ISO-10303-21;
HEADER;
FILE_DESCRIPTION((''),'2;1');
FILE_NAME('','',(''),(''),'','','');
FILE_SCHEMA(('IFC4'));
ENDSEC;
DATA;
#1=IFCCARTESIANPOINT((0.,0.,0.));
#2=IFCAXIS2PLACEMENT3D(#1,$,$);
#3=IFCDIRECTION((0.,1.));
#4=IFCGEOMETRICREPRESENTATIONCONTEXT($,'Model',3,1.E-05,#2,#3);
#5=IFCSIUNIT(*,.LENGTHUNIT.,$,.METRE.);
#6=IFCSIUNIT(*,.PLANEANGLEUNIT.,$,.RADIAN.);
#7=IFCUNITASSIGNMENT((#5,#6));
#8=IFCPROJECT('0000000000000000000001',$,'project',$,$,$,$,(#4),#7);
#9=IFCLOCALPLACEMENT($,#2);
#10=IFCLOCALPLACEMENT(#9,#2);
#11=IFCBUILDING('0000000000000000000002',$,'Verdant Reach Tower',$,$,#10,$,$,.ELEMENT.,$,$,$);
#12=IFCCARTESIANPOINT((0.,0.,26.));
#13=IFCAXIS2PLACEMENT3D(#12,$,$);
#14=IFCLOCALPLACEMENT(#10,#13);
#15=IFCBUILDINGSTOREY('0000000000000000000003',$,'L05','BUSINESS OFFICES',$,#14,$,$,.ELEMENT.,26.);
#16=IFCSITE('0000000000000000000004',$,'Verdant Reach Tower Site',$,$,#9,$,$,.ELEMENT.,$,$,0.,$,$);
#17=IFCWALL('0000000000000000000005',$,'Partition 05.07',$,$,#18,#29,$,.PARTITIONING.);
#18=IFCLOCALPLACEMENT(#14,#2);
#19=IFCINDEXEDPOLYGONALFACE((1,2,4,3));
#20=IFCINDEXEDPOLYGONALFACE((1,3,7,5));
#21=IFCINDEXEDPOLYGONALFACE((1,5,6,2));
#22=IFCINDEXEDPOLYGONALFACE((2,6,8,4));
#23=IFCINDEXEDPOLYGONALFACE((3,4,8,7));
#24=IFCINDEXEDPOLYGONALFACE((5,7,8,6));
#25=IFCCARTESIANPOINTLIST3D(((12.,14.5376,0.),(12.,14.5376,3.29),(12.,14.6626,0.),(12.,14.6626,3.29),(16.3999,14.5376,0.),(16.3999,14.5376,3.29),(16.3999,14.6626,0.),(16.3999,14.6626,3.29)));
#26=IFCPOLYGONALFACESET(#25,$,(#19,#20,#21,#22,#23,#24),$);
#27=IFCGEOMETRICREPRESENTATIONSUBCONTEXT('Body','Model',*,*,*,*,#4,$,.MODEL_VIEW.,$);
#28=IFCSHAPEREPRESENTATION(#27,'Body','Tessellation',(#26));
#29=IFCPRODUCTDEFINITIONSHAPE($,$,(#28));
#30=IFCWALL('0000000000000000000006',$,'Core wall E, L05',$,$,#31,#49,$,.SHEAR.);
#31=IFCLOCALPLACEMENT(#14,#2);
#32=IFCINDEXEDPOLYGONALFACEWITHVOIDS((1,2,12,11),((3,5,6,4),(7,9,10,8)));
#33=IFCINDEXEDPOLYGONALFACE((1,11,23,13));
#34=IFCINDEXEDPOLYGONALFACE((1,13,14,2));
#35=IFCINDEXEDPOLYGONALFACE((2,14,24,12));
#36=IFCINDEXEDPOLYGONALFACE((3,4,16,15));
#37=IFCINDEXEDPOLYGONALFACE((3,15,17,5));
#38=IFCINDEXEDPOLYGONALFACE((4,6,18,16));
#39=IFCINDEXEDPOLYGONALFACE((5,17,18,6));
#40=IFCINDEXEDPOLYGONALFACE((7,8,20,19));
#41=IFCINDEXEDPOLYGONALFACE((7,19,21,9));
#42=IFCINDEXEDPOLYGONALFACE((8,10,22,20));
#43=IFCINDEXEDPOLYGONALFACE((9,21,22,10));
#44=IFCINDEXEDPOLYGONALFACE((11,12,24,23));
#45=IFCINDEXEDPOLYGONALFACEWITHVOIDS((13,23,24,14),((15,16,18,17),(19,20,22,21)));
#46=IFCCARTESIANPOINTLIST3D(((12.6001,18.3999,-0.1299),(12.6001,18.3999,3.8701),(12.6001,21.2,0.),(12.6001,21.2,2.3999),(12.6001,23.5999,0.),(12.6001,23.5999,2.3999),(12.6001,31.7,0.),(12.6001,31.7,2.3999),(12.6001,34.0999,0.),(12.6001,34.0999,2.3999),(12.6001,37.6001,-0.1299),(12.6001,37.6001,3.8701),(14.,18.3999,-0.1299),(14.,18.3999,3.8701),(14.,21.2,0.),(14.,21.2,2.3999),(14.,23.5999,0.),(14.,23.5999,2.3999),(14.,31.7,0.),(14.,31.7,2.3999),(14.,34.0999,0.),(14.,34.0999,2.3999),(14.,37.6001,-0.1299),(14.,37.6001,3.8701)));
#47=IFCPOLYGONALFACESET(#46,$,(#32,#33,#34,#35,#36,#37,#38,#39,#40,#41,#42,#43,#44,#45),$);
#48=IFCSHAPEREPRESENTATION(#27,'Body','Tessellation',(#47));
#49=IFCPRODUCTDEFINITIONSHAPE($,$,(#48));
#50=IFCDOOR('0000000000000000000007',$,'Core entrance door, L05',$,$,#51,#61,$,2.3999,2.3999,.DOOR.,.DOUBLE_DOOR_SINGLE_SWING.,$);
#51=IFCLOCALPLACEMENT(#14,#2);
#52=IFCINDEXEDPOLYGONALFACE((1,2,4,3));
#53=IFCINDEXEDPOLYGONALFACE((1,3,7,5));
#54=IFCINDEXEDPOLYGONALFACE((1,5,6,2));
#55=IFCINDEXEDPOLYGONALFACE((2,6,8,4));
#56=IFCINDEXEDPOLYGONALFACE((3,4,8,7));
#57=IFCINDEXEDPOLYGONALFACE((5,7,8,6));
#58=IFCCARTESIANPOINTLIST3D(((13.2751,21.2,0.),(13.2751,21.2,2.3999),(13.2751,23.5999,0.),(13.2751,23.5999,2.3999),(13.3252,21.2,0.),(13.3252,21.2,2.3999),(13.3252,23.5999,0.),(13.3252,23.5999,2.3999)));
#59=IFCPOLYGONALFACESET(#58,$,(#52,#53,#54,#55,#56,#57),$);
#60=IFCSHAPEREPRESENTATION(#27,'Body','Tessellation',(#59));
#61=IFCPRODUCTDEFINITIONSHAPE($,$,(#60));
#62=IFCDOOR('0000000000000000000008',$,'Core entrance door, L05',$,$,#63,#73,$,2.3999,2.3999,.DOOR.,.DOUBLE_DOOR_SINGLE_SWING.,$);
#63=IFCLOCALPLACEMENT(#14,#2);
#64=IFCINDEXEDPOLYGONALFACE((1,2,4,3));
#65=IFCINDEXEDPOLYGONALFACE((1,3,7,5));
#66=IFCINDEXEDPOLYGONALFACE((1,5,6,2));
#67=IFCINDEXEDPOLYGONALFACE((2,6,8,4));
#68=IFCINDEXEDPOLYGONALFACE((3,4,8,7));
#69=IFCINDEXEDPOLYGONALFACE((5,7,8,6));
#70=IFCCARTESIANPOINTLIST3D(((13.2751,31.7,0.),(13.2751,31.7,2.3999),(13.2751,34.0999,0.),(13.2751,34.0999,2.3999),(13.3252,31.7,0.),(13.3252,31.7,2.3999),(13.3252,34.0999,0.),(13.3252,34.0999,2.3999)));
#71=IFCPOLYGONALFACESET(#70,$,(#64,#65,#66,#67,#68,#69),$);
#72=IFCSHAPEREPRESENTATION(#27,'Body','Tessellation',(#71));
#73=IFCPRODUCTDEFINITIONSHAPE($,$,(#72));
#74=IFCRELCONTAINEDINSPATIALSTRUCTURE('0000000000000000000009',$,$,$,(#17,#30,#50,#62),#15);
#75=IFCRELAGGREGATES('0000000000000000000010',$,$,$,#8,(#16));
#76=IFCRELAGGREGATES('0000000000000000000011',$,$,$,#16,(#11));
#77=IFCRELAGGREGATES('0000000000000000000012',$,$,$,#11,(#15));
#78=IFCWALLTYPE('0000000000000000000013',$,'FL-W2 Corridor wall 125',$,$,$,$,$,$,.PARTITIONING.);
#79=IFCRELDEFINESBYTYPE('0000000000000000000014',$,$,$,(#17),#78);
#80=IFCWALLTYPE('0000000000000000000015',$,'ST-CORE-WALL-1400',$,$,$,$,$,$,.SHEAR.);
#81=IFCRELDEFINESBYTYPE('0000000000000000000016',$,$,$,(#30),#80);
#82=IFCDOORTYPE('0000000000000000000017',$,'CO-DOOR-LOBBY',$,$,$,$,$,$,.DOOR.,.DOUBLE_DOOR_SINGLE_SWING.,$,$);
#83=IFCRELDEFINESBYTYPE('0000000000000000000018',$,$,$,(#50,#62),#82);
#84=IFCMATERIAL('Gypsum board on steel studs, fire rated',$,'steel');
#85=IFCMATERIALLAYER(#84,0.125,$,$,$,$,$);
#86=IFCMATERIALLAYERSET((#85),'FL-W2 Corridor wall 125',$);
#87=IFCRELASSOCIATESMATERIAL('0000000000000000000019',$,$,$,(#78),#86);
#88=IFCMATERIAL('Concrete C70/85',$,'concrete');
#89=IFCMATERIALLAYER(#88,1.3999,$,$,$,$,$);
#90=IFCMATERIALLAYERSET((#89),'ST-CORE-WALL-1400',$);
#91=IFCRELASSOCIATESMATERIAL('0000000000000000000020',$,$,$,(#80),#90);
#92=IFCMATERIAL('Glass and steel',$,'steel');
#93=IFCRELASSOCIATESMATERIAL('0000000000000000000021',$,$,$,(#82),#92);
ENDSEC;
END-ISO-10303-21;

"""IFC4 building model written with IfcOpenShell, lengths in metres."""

from ifc_helpers import new_model, si_unit, direction, frame, frame_2d, origin, place, context, subcontext, project, spatial, rectangle, extrude, material, layer, layer_set, type_object, element, fill, save


model = new_model("IFC4")

# Units and contexts
model_context = context("Model", 3, precision=1e-05, world=origin(), true_north=direction((0.0, 1.0)))
body_context = subcontext(model_context, "Body", "Model", "MODEL_VIEW")
ifc_project = project(units=[si_unit("LENGTHUNIT", "METRE"), si_unit("PLANEANGLEUNIT", "RADIAN")], contexts=[model_context])

# Site, building, storey
site_placement = place(None, origin())
site = spatial("IfcSite", under=ifc_project, at=site_placement, Name="Verdant Reach Tower Site", CompositionType="ELEMENT", RefElevation=0.0)
building_placement = place(site_placement, origin())
building = spatial("IfcBuilding", under=site, at=building_placement, Name="Verdant Reach Tower", CompositionType="ELEMENT")
storey_placement = place(building_placement, frame((0.0, 0.0, 26.0)))
storey = spatial("IfcBuildingStorey", under=building, at=storey_placement, Name="L05", Description="BUSINESS OFFICES", CompositionType="ELEMENT", Elevation=26.0)

# Wall
ifc_material_1 = material(Name="Gypsum board on steel studs, fire rated", Category="steel")
ifc_layer_1 = layer(ifc_material_1, 0.125)
ifc_layer_set_1 = layer_set([ifc_layer_1], Name="FL-W2 Corridor wall 125")
wall_type_1 = type_object("IfcWallType", Name="FL-W2 Corridor wall 125", PredefinedType="PARTITIONING", material=ifc_layer_set_1)
wall_1_placement = place(storey_placement, frame((12.0, 14.6001, 0.0), z_axis=(0.0, 0.0, 1.0), x_axis=(1.0, 0.0, 0.0)))
element("IfcWall", 1, at=wall_1_placement, inside=storey, type_object=wall_type_1, Name="Partition 05.07", PredefinedType="PARTITIONING", context=body_context, shape_type="SweptSolid", body=[
    extrude(rectangle(XDim=4.3999, YDim=0.125, at=frame_2d((2.2, 0.0))), origin(), (0.0, 0.0, 1.0), 3.29),
])

# Wall, openings, doors
ifc_material_2 = material(Name="Concrete C70/85", Category="concrete")
ifc_layer_2 = layer(ifc_material_2, 1.3999)
ifc_layer_set_2 = layer_set([ifc_layer_2], Name="ST-CORE-WALL-1400")
wall_type_2 = type_object("IfcWallType", Name="ST-CORE-WALL-1400", PredefinedType="SHEAR", material=ifc_layer_set_2)
wall_2_placement = place(storey_placement, frame((13.3, 18.3999, -0.1299), z_axis=(0.0, 0.0, 1.0), x_axis=(0.0, 1.0, 0.0)))
wall_2 = element("IfcWall", 2, at=wall_2_placement, inside=storey, type_object=wall_type_2, Name="Core wall E, L05", PredefinedType="SHEAR", context=body_context, shape_type="SweptSolid", body=[
    extrude(rectangle(XDim=19.2002, YDim=1.3999, at=frame_2d((9.6001, 0.0))), origin(), (0.0, 0.0, 1.0), 4.0),
])
opening_1_placement = place(wall_2_placement, frame((2.8, 0.0, 0.1299)))
opening_1 = element("IfcOpeningElement", 3, at=opening_1_placement, cuts=wall_2, PredefinedType="OPENING", context=body_context, shape_type="SweptSolid", body=[
    extrude(rectangle(XDim=2.3999, YDim=2.3999, at=frame_2d((1.2, 1.2))), frame((0.0, 0.71, 0.0), z_axis=(0.0, -1.0, 0.0), x_axis=(1.0, 0.0, 0.0)), (0.0, 0.0, 1.0), 1.4199),
])
opening_2_placement = place(wall_2_placement, frame((13.3, 0.0, 0.1299)))
opening_2 = element("IfcOpeningElement", 4, at=opening_2_placement, cuts=wall_2, PredefinedType="OPENING", context=body_context, shape_type="SweptSolid", body=[
    extrude(rectangle(XDim=2.3999, YDim=2.3999, at=frame_2d((1.2, 1.2))), frame((0.0, 0.71, 0.0), z_axis=(0.0, -1.0, 0.0), x_axis=(1.0, 0.0, 0.0)), (0.0, 0.0, 1.0), 1.4199),
])
ifc_material_3 = material(Name="Glass and steel", Category="steel")
door_type_1 = type_object("IfcDoorType", Name="CO-DOOR-LOBBY", OperationType="DOUBLE_DOOR_SINGLE_SWING", PredefinedType="DOOR", material=ifc_material_3)
door_1_placement = place(opening_1_placement, origin())
door_1 = element("IfcDoor", 5, at=door_1_placement, inside=storey, type_object=door_type_1, Name="Core entrance door, L05", OperationType="DOUBLE_DOOR_SINGLE_SWING", OverallHeight=2.3999, OverallWidth=2.3999, PredefinedType="DOOR", context=body_context, shape_type="SweptSolid", body=[
    extrude(rectangle(XDim=2.3999, YDim=2.3999, at=frame_2d((1.2, 1.2))), frame((0.0, 0.0249, 0.0), z_axis=(0.0, -1.0, 0.0), x_axis=(1.0, 0.0, 0.0)), (0.0, 0.0, 1.0), 0.05),
])
fill(opening_1, door_1)
door_2_placement = place(opening_2_placement, origin())
door_2 = element("IfcDoor", 6, at=door_2_placement, inside=storey, type_object=door_type_1, Name="Core entrance door, L05", OperationType="DOUBLE_DOOR_SINGLE_SWING", OverallHeight=2.3999, OverallWidth=2.3999, PredefinedType="DOOR", context=body_context, shape_type="SweptSolid", body=[
    extrude(rectangle(XDim=2.3999, YDim=2.3999, at=frame_2d((1.2, 1.2))), frame((0.0, 0.0249, 0.0), z_axis=(0.0, -1.0, 0.0), x_axis=(1.0, 0.0, 0.0)), (0.0, 0.0, 1.0), 0.05),
])
fill(opening_2, door_2)

save(model, "model.ifc")
